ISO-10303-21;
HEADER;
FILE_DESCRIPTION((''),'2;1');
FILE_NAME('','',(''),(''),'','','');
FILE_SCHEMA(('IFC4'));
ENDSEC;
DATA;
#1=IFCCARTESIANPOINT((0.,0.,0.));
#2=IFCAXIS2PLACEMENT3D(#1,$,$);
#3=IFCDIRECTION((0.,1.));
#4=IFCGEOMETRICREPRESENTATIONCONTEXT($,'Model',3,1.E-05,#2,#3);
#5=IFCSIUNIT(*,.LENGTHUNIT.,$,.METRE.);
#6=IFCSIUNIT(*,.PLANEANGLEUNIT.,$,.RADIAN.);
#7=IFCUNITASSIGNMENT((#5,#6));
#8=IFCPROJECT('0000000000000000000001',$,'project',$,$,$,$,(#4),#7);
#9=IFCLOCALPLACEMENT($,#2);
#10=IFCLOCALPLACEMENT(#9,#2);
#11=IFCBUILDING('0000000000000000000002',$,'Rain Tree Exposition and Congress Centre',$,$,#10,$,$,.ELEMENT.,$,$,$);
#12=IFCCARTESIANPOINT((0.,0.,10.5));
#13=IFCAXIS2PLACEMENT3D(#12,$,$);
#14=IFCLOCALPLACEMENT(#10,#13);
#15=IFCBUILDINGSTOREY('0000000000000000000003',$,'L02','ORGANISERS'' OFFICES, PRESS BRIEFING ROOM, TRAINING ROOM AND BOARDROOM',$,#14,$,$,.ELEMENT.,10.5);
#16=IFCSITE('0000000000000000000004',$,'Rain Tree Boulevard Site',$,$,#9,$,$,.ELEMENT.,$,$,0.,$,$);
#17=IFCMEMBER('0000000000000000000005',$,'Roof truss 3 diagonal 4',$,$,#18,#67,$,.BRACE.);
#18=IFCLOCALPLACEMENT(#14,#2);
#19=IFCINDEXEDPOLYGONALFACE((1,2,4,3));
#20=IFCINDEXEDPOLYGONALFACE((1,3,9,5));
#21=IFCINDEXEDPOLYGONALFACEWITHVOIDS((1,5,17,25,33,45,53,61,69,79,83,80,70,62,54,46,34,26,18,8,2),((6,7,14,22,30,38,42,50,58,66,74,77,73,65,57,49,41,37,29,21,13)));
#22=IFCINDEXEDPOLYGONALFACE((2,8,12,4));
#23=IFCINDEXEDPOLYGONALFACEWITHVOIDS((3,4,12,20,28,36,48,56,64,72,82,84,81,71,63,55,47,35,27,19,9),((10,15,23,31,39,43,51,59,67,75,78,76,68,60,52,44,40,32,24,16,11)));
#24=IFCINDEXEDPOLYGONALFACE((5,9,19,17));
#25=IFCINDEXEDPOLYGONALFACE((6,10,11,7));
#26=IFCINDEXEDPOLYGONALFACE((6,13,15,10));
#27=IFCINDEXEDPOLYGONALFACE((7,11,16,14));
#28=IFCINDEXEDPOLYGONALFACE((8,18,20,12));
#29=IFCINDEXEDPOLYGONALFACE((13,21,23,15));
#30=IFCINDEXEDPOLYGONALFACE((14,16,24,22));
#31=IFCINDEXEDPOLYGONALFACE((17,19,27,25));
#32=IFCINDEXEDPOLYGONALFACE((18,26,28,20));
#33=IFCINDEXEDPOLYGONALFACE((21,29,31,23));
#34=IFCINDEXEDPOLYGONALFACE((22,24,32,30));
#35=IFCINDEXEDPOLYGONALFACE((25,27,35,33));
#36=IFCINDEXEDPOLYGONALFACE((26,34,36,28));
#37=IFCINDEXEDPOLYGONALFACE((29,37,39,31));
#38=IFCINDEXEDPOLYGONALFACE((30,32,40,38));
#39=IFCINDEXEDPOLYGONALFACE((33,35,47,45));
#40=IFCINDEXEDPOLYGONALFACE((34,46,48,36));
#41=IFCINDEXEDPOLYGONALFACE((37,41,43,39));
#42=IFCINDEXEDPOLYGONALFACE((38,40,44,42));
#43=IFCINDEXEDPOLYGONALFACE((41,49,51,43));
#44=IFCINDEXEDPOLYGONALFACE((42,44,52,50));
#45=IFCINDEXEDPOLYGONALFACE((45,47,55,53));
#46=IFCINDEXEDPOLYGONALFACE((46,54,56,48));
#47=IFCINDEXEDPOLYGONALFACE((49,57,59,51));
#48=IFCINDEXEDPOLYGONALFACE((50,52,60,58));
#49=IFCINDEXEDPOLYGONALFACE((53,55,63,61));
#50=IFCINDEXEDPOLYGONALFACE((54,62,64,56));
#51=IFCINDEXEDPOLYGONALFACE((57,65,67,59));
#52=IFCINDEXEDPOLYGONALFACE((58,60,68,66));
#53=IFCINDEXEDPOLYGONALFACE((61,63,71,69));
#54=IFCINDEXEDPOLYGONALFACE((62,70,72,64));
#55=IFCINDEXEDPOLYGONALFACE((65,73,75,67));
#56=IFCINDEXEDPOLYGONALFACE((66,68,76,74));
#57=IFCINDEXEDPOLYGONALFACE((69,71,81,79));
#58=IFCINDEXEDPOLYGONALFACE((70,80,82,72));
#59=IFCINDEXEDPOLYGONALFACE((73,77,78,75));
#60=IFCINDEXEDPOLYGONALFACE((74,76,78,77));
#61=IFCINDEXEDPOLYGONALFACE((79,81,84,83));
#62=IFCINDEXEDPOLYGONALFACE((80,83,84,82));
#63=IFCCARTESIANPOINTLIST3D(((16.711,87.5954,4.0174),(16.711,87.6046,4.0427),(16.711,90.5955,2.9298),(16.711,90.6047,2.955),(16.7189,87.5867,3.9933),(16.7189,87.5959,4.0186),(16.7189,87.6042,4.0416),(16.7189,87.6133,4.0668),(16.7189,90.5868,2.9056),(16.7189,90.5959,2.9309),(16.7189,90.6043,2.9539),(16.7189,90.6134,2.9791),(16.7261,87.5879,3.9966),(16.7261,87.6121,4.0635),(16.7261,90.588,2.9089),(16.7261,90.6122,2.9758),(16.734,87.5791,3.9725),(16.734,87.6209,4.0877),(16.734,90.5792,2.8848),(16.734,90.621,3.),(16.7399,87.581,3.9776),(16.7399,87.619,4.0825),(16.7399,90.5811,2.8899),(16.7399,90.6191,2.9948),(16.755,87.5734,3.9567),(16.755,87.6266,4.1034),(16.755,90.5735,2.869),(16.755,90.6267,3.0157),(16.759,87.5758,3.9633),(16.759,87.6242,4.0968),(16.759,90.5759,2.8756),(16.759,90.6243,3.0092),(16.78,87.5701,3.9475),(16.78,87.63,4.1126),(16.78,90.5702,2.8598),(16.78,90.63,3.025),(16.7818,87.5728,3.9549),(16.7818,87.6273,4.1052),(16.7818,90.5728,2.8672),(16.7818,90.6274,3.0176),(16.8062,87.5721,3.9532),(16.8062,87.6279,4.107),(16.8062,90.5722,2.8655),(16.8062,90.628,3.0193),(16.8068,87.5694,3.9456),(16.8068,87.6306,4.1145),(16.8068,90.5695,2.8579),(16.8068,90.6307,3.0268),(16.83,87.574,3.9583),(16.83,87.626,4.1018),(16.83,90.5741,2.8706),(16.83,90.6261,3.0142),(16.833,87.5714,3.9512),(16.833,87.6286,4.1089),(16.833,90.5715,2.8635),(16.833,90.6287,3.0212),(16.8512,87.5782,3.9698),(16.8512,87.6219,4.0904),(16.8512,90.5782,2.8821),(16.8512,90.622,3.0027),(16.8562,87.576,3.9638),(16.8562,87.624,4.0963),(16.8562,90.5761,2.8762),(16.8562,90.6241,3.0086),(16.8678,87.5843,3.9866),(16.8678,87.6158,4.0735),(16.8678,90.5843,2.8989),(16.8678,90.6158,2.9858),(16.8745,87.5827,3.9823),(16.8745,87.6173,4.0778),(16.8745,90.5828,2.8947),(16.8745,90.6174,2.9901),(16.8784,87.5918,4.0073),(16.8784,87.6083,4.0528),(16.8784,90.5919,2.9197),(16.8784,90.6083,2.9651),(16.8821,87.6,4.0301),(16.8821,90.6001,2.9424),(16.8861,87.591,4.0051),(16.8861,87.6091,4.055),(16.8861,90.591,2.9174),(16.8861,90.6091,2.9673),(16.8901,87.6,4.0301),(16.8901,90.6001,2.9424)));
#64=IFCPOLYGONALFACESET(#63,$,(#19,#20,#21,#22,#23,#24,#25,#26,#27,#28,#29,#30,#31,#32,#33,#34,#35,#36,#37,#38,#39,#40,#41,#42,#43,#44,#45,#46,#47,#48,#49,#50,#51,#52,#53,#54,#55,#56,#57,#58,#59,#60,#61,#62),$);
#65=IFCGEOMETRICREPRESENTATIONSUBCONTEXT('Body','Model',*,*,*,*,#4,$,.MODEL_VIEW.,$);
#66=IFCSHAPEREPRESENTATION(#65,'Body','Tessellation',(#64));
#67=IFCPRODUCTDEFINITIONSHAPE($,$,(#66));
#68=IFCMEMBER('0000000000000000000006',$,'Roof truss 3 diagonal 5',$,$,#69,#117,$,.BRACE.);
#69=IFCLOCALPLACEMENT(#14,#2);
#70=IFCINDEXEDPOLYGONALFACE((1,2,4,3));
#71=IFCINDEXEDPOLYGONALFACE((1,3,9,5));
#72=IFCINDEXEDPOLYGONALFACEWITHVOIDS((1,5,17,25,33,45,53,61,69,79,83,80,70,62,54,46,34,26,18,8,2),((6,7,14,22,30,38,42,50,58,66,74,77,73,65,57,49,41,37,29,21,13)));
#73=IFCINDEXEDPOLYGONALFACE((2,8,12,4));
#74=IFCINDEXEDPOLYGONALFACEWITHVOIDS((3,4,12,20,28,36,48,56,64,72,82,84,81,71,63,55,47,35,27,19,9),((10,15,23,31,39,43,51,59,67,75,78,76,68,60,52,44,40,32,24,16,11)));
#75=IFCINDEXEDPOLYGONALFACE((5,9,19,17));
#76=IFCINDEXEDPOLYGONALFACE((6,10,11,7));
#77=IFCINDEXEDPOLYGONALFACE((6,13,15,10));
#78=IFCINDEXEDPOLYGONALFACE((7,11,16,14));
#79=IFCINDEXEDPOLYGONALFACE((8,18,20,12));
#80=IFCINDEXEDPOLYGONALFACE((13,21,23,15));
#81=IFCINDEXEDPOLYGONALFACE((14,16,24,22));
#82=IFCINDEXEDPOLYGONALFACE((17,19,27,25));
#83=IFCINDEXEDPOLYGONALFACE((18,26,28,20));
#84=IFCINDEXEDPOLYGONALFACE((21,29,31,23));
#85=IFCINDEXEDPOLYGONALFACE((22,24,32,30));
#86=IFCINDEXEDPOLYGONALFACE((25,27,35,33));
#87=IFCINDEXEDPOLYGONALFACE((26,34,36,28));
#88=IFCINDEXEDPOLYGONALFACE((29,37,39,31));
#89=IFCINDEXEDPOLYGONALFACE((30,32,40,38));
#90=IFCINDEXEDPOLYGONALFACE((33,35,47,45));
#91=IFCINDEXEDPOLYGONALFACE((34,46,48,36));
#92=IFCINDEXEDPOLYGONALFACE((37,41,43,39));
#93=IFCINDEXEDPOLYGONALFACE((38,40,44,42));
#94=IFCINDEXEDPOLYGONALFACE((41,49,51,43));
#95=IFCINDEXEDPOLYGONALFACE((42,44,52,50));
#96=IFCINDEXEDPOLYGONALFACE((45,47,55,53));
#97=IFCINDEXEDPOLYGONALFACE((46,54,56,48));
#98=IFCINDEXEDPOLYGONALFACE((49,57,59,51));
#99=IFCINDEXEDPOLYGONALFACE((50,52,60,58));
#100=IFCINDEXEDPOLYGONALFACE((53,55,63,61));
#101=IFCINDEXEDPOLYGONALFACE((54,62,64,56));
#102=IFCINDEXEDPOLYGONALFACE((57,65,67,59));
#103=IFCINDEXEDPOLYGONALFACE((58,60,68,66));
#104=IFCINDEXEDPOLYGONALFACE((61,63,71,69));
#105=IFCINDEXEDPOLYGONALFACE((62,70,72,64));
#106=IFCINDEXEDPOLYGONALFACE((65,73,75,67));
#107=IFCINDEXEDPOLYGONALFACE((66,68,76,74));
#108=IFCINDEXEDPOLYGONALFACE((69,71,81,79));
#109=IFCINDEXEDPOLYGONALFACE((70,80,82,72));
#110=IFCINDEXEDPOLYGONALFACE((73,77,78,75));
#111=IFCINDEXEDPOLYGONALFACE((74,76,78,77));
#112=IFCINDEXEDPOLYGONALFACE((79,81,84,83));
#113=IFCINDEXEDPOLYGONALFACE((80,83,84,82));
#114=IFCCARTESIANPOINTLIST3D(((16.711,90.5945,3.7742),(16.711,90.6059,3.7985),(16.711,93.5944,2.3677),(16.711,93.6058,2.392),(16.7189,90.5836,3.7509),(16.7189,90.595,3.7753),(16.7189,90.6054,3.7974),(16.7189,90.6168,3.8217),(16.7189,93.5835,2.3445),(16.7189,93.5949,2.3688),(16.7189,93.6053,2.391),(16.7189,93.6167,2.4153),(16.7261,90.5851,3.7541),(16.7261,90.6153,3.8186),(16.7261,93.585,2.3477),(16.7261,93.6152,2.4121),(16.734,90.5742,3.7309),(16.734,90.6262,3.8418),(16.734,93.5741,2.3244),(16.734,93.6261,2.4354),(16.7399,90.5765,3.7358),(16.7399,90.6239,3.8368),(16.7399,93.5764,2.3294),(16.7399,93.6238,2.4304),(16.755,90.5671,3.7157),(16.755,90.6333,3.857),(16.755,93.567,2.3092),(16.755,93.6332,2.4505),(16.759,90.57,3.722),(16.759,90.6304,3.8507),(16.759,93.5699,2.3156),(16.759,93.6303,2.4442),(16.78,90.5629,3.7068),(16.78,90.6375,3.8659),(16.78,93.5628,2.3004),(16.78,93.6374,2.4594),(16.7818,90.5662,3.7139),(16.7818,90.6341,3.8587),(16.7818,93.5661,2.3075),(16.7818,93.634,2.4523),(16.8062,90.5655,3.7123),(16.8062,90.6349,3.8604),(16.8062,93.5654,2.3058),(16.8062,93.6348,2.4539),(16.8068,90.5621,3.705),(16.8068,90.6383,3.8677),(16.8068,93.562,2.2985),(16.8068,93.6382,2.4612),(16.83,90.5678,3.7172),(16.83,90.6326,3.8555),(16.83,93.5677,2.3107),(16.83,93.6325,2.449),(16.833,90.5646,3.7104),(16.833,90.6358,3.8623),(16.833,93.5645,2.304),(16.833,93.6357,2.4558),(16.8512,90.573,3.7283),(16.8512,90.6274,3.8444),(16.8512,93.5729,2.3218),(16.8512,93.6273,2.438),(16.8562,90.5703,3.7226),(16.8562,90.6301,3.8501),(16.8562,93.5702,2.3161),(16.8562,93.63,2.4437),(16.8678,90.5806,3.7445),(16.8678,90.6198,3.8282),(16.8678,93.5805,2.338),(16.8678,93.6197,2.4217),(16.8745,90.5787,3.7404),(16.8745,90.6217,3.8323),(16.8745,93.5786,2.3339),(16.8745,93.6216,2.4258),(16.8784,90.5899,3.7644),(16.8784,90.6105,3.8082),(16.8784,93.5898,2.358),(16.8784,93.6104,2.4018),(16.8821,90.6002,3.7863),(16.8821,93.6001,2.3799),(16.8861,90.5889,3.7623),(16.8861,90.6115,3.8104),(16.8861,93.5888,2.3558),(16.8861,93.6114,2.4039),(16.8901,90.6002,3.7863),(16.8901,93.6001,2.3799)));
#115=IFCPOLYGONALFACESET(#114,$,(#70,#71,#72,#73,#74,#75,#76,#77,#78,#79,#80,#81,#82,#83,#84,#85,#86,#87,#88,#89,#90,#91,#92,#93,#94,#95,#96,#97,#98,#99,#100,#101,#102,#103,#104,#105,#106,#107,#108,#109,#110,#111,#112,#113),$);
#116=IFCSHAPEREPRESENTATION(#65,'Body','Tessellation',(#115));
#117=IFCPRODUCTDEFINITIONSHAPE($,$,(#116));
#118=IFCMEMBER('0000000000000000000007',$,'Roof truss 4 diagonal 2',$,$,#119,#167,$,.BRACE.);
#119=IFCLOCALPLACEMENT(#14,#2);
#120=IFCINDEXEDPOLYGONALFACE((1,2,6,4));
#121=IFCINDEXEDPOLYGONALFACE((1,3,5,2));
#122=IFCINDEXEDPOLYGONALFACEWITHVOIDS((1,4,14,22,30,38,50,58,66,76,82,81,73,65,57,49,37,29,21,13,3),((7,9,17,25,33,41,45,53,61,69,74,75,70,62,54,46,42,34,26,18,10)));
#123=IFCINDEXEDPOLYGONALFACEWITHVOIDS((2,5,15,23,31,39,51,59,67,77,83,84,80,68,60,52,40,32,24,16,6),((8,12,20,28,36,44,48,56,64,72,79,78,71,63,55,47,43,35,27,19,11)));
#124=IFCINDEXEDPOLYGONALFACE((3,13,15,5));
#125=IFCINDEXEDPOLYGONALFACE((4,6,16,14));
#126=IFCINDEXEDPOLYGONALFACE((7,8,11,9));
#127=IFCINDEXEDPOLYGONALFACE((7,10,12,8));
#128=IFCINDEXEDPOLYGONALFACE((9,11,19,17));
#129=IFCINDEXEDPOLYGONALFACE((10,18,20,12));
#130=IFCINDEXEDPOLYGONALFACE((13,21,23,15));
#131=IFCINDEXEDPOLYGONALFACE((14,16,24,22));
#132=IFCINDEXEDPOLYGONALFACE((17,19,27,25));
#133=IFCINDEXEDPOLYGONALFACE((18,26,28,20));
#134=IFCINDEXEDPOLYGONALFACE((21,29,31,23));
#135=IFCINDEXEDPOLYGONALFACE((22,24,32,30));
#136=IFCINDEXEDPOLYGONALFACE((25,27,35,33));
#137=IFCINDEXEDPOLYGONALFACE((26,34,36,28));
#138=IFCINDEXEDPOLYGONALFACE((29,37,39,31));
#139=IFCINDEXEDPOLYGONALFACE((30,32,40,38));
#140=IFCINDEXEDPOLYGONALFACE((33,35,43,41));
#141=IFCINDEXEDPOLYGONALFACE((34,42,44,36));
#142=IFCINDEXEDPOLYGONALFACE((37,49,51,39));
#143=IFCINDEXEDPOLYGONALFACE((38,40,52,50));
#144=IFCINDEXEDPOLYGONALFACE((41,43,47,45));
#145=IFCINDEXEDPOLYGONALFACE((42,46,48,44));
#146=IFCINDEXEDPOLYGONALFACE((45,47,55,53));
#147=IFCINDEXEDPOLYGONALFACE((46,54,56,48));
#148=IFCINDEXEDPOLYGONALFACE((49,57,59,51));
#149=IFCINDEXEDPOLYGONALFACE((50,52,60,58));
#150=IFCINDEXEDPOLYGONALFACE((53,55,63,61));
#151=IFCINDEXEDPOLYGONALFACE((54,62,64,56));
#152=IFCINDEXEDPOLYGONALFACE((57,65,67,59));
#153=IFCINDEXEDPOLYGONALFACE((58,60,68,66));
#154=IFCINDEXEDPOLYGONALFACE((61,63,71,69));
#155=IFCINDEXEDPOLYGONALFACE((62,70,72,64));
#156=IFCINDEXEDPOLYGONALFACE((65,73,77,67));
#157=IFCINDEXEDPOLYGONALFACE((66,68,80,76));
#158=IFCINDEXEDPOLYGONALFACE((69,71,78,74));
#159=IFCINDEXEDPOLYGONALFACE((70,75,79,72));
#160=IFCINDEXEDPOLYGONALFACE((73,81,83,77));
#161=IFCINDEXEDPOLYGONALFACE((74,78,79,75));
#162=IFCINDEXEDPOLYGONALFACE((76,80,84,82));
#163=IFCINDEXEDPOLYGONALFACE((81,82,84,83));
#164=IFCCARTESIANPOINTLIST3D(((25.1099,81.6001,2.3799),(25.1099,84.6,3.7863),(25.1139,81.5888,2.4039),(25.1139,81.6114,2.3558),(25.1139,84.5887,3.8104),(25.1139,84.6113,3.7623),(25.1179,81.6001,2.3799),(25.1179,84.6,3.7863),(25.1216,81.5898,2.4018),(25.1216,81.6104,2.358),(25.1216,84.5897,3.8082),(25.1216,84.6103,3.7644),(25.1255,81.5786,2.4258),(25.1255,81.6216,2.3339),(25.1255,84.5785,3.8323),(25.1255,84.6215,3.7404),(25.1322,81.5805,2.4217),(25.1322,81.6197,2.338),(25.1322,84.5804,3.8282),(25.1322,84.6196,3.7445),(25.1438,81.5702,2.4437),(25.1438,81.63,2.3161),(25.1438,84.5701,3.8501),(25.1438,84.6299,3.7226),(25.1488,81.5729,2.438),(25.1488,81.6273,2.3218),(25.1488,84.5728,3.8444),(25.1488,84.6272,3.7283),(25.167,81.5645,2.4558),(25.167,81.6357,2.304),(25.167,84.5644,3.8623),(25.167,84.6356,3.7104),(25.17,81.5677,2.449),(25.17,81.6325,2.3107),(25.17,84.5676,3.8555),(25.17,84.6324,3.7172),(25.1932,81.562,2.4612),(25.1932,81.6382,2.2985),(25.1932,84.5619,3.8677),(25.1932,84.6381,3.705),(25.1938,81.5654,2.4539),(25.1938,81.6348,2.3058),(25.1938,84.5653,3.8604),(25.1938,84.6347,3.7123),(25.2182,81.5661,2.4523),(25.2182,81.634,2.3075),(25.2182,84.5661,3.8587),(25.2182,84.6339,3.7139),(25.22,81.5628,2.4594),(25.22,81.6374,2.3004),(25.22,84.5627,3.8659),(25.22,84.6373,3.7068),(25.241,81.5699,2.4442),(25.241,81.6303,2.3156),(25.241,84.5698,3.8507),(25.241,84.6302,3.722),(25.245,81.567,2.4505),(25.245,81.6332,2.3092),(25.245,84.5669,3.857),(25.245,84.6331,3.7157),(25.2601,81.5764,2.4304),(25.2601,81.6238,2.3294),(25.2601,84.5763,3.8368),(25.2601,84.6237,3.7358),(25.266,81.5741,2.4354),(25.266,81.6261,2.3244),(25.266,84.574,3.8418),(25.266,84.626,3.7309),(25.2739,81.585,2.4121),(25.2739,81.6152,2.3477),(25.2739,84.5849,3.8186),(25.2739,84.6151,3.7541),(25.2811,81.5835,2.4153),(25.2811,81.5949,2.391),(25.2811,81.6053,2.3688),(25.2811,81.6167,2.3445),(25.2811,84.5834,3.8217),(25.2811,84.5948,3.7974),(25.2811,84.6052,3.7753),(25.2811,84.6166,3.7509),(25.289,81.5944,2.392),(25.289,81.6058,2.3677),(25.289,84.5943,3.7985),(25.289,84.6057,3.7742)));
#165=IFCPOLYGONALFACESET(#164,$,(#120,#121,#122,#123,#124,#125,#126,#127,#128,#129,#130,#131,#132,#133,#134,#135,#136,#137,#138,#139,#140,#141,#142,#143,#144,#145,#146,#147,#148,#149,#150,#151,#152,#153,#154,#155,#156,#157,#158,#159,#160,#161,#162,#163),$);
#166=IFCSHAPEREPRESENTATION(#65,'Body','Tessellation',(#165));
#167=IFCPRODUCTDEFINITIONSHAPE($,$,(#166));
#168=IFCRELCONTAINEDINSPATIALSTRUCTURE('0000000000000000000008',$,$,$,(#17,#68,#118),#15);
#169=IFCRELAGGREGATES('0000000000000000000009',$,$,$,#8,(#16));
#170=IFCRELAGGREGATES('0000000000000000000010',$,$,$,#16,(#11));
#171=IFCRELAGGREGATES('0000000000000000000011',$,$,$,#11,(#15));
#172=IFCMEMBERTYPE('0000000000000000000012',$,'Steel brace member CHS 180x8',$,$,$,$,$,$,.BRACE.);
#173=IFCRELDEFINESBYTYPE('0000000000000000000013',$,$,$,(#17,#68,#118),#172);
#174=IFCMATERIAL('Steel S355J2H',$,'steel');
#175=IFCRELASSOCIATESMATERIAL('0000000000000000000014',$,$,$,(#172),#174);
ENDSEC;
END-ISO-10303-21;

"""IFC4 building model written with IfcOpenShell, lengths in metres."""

from ifc_helpers import new_model, si_unit, direction, frame, origin, origin_2d, place, context, subcontext, project, spatial, hollow_circle, extrude, material, material_profile, profile_set, type_object, element, save


model = new_model("IFC4")

# Units and contexts
model_context = context("Model", 3, precision=1e-05, world=origin(), true_north=direction((0.0, 1.0)))
body_context = subcontext(model_context, "Body", "Model", "MODEL_VIEW")
ifc_project = project(units=[si_unit("LENGTHUNIT", "METRE"), si_unit("PLANEANGLEUNIT", "RADIAN")], contexts=[model_context])

# Site, building, storey
site_placement = place(None, origin())
site = spatial("IfcSite", under=ifc_project, at=site_placement, Name="Rain Tree Boulevard Site", CompositionType="ELEMENT", RefElevation=0.0)
building_placement = place(site_placement, origin())
building = spatial("IfcBuilding", under=site, at=building_placement, Name="Rain Tree Exposition and Congress Centre", CompositionType="ELEMENT")
storey_placement = place(building_placement, frame((0.0, 0.0, 10.5)))
storey = spatial("IfcBuildingStorey", under=building, at=storey_placement, Name="L02", Description="ORGANISERS' OFFICES, PRESS BRIEFING ROOM, TRAINING ROOM AND BOARDROOM", CompositionType="ELEMENT", Elevation=10.5)

# Members
ifc_material_1 = material(Name="Steel S355J2H", Category="steel")
ifc_material_profile_1 = material_profile(ifc_material_1, hollow_circle(Radius=0.0901, WallThickness=0.0081, at=origin_2d()), Name="CHS 180x8")
ifc_profile_set_1 = profile_set([ifc_material_profile_1], Name="Steel S355J2H")
member_type_1 = type_object("IfcMemberType", Name="Steel brace member CHS 180x8", PredefinedType="BRACE", material=ifc_profile_set_1)
member_1_placement = place(storey_placement, frame((16.8, 90.6001, 2.9424), z_axis=(0.0, -0.940121, 0.34084), x_axis=(1.0, 0.0, 0.0)))
element("IfcMember", 1, at=member_1_placement, inside=storey, type_object=member_type_1, Name="Roof truss 3 diagonal 4", PredefinedType="BRACE", context=body_context, shape_type="SweptSolid", body=[
    extrude(hollow_circle(Radius=0.0901, WallThickness=0.0081, at=origin_2d()), origin(), (0.0, 0.0, 1.0), 3.1912),
])
for number, where, z_axis, x_axis, name in (
    (2, (16.8, 93.6001, 2.3799), (0.0, -0.905431, 0.424494), (1.0, 0.0, 0.0), "Roof truss 3 diagonal 5"),
    (3, (25.2, 81.6001, 2.3799), (0.0, 0.905431, 0.424494), (-1.0, 0.0, 0.0), "Roof truss 4 diagonal 2"),
):
    element("IfcMember", number, at=place(storey_placement, frame(where, z_axis=z_axis, x_axis=x_axis)), inside=storey, type_object=member_type_1, Name=name, PredefinedType="BRACE", context=body_context, shape_type="SweptSolid", body=[
        extrude(hollow_circle(Radius=0.0901, WallThickness=0.0081, at=origin_2d()), origin(), (0.0, 0.0, 1.0), 3.3132),
    ])

save(model, "model.ifc")
